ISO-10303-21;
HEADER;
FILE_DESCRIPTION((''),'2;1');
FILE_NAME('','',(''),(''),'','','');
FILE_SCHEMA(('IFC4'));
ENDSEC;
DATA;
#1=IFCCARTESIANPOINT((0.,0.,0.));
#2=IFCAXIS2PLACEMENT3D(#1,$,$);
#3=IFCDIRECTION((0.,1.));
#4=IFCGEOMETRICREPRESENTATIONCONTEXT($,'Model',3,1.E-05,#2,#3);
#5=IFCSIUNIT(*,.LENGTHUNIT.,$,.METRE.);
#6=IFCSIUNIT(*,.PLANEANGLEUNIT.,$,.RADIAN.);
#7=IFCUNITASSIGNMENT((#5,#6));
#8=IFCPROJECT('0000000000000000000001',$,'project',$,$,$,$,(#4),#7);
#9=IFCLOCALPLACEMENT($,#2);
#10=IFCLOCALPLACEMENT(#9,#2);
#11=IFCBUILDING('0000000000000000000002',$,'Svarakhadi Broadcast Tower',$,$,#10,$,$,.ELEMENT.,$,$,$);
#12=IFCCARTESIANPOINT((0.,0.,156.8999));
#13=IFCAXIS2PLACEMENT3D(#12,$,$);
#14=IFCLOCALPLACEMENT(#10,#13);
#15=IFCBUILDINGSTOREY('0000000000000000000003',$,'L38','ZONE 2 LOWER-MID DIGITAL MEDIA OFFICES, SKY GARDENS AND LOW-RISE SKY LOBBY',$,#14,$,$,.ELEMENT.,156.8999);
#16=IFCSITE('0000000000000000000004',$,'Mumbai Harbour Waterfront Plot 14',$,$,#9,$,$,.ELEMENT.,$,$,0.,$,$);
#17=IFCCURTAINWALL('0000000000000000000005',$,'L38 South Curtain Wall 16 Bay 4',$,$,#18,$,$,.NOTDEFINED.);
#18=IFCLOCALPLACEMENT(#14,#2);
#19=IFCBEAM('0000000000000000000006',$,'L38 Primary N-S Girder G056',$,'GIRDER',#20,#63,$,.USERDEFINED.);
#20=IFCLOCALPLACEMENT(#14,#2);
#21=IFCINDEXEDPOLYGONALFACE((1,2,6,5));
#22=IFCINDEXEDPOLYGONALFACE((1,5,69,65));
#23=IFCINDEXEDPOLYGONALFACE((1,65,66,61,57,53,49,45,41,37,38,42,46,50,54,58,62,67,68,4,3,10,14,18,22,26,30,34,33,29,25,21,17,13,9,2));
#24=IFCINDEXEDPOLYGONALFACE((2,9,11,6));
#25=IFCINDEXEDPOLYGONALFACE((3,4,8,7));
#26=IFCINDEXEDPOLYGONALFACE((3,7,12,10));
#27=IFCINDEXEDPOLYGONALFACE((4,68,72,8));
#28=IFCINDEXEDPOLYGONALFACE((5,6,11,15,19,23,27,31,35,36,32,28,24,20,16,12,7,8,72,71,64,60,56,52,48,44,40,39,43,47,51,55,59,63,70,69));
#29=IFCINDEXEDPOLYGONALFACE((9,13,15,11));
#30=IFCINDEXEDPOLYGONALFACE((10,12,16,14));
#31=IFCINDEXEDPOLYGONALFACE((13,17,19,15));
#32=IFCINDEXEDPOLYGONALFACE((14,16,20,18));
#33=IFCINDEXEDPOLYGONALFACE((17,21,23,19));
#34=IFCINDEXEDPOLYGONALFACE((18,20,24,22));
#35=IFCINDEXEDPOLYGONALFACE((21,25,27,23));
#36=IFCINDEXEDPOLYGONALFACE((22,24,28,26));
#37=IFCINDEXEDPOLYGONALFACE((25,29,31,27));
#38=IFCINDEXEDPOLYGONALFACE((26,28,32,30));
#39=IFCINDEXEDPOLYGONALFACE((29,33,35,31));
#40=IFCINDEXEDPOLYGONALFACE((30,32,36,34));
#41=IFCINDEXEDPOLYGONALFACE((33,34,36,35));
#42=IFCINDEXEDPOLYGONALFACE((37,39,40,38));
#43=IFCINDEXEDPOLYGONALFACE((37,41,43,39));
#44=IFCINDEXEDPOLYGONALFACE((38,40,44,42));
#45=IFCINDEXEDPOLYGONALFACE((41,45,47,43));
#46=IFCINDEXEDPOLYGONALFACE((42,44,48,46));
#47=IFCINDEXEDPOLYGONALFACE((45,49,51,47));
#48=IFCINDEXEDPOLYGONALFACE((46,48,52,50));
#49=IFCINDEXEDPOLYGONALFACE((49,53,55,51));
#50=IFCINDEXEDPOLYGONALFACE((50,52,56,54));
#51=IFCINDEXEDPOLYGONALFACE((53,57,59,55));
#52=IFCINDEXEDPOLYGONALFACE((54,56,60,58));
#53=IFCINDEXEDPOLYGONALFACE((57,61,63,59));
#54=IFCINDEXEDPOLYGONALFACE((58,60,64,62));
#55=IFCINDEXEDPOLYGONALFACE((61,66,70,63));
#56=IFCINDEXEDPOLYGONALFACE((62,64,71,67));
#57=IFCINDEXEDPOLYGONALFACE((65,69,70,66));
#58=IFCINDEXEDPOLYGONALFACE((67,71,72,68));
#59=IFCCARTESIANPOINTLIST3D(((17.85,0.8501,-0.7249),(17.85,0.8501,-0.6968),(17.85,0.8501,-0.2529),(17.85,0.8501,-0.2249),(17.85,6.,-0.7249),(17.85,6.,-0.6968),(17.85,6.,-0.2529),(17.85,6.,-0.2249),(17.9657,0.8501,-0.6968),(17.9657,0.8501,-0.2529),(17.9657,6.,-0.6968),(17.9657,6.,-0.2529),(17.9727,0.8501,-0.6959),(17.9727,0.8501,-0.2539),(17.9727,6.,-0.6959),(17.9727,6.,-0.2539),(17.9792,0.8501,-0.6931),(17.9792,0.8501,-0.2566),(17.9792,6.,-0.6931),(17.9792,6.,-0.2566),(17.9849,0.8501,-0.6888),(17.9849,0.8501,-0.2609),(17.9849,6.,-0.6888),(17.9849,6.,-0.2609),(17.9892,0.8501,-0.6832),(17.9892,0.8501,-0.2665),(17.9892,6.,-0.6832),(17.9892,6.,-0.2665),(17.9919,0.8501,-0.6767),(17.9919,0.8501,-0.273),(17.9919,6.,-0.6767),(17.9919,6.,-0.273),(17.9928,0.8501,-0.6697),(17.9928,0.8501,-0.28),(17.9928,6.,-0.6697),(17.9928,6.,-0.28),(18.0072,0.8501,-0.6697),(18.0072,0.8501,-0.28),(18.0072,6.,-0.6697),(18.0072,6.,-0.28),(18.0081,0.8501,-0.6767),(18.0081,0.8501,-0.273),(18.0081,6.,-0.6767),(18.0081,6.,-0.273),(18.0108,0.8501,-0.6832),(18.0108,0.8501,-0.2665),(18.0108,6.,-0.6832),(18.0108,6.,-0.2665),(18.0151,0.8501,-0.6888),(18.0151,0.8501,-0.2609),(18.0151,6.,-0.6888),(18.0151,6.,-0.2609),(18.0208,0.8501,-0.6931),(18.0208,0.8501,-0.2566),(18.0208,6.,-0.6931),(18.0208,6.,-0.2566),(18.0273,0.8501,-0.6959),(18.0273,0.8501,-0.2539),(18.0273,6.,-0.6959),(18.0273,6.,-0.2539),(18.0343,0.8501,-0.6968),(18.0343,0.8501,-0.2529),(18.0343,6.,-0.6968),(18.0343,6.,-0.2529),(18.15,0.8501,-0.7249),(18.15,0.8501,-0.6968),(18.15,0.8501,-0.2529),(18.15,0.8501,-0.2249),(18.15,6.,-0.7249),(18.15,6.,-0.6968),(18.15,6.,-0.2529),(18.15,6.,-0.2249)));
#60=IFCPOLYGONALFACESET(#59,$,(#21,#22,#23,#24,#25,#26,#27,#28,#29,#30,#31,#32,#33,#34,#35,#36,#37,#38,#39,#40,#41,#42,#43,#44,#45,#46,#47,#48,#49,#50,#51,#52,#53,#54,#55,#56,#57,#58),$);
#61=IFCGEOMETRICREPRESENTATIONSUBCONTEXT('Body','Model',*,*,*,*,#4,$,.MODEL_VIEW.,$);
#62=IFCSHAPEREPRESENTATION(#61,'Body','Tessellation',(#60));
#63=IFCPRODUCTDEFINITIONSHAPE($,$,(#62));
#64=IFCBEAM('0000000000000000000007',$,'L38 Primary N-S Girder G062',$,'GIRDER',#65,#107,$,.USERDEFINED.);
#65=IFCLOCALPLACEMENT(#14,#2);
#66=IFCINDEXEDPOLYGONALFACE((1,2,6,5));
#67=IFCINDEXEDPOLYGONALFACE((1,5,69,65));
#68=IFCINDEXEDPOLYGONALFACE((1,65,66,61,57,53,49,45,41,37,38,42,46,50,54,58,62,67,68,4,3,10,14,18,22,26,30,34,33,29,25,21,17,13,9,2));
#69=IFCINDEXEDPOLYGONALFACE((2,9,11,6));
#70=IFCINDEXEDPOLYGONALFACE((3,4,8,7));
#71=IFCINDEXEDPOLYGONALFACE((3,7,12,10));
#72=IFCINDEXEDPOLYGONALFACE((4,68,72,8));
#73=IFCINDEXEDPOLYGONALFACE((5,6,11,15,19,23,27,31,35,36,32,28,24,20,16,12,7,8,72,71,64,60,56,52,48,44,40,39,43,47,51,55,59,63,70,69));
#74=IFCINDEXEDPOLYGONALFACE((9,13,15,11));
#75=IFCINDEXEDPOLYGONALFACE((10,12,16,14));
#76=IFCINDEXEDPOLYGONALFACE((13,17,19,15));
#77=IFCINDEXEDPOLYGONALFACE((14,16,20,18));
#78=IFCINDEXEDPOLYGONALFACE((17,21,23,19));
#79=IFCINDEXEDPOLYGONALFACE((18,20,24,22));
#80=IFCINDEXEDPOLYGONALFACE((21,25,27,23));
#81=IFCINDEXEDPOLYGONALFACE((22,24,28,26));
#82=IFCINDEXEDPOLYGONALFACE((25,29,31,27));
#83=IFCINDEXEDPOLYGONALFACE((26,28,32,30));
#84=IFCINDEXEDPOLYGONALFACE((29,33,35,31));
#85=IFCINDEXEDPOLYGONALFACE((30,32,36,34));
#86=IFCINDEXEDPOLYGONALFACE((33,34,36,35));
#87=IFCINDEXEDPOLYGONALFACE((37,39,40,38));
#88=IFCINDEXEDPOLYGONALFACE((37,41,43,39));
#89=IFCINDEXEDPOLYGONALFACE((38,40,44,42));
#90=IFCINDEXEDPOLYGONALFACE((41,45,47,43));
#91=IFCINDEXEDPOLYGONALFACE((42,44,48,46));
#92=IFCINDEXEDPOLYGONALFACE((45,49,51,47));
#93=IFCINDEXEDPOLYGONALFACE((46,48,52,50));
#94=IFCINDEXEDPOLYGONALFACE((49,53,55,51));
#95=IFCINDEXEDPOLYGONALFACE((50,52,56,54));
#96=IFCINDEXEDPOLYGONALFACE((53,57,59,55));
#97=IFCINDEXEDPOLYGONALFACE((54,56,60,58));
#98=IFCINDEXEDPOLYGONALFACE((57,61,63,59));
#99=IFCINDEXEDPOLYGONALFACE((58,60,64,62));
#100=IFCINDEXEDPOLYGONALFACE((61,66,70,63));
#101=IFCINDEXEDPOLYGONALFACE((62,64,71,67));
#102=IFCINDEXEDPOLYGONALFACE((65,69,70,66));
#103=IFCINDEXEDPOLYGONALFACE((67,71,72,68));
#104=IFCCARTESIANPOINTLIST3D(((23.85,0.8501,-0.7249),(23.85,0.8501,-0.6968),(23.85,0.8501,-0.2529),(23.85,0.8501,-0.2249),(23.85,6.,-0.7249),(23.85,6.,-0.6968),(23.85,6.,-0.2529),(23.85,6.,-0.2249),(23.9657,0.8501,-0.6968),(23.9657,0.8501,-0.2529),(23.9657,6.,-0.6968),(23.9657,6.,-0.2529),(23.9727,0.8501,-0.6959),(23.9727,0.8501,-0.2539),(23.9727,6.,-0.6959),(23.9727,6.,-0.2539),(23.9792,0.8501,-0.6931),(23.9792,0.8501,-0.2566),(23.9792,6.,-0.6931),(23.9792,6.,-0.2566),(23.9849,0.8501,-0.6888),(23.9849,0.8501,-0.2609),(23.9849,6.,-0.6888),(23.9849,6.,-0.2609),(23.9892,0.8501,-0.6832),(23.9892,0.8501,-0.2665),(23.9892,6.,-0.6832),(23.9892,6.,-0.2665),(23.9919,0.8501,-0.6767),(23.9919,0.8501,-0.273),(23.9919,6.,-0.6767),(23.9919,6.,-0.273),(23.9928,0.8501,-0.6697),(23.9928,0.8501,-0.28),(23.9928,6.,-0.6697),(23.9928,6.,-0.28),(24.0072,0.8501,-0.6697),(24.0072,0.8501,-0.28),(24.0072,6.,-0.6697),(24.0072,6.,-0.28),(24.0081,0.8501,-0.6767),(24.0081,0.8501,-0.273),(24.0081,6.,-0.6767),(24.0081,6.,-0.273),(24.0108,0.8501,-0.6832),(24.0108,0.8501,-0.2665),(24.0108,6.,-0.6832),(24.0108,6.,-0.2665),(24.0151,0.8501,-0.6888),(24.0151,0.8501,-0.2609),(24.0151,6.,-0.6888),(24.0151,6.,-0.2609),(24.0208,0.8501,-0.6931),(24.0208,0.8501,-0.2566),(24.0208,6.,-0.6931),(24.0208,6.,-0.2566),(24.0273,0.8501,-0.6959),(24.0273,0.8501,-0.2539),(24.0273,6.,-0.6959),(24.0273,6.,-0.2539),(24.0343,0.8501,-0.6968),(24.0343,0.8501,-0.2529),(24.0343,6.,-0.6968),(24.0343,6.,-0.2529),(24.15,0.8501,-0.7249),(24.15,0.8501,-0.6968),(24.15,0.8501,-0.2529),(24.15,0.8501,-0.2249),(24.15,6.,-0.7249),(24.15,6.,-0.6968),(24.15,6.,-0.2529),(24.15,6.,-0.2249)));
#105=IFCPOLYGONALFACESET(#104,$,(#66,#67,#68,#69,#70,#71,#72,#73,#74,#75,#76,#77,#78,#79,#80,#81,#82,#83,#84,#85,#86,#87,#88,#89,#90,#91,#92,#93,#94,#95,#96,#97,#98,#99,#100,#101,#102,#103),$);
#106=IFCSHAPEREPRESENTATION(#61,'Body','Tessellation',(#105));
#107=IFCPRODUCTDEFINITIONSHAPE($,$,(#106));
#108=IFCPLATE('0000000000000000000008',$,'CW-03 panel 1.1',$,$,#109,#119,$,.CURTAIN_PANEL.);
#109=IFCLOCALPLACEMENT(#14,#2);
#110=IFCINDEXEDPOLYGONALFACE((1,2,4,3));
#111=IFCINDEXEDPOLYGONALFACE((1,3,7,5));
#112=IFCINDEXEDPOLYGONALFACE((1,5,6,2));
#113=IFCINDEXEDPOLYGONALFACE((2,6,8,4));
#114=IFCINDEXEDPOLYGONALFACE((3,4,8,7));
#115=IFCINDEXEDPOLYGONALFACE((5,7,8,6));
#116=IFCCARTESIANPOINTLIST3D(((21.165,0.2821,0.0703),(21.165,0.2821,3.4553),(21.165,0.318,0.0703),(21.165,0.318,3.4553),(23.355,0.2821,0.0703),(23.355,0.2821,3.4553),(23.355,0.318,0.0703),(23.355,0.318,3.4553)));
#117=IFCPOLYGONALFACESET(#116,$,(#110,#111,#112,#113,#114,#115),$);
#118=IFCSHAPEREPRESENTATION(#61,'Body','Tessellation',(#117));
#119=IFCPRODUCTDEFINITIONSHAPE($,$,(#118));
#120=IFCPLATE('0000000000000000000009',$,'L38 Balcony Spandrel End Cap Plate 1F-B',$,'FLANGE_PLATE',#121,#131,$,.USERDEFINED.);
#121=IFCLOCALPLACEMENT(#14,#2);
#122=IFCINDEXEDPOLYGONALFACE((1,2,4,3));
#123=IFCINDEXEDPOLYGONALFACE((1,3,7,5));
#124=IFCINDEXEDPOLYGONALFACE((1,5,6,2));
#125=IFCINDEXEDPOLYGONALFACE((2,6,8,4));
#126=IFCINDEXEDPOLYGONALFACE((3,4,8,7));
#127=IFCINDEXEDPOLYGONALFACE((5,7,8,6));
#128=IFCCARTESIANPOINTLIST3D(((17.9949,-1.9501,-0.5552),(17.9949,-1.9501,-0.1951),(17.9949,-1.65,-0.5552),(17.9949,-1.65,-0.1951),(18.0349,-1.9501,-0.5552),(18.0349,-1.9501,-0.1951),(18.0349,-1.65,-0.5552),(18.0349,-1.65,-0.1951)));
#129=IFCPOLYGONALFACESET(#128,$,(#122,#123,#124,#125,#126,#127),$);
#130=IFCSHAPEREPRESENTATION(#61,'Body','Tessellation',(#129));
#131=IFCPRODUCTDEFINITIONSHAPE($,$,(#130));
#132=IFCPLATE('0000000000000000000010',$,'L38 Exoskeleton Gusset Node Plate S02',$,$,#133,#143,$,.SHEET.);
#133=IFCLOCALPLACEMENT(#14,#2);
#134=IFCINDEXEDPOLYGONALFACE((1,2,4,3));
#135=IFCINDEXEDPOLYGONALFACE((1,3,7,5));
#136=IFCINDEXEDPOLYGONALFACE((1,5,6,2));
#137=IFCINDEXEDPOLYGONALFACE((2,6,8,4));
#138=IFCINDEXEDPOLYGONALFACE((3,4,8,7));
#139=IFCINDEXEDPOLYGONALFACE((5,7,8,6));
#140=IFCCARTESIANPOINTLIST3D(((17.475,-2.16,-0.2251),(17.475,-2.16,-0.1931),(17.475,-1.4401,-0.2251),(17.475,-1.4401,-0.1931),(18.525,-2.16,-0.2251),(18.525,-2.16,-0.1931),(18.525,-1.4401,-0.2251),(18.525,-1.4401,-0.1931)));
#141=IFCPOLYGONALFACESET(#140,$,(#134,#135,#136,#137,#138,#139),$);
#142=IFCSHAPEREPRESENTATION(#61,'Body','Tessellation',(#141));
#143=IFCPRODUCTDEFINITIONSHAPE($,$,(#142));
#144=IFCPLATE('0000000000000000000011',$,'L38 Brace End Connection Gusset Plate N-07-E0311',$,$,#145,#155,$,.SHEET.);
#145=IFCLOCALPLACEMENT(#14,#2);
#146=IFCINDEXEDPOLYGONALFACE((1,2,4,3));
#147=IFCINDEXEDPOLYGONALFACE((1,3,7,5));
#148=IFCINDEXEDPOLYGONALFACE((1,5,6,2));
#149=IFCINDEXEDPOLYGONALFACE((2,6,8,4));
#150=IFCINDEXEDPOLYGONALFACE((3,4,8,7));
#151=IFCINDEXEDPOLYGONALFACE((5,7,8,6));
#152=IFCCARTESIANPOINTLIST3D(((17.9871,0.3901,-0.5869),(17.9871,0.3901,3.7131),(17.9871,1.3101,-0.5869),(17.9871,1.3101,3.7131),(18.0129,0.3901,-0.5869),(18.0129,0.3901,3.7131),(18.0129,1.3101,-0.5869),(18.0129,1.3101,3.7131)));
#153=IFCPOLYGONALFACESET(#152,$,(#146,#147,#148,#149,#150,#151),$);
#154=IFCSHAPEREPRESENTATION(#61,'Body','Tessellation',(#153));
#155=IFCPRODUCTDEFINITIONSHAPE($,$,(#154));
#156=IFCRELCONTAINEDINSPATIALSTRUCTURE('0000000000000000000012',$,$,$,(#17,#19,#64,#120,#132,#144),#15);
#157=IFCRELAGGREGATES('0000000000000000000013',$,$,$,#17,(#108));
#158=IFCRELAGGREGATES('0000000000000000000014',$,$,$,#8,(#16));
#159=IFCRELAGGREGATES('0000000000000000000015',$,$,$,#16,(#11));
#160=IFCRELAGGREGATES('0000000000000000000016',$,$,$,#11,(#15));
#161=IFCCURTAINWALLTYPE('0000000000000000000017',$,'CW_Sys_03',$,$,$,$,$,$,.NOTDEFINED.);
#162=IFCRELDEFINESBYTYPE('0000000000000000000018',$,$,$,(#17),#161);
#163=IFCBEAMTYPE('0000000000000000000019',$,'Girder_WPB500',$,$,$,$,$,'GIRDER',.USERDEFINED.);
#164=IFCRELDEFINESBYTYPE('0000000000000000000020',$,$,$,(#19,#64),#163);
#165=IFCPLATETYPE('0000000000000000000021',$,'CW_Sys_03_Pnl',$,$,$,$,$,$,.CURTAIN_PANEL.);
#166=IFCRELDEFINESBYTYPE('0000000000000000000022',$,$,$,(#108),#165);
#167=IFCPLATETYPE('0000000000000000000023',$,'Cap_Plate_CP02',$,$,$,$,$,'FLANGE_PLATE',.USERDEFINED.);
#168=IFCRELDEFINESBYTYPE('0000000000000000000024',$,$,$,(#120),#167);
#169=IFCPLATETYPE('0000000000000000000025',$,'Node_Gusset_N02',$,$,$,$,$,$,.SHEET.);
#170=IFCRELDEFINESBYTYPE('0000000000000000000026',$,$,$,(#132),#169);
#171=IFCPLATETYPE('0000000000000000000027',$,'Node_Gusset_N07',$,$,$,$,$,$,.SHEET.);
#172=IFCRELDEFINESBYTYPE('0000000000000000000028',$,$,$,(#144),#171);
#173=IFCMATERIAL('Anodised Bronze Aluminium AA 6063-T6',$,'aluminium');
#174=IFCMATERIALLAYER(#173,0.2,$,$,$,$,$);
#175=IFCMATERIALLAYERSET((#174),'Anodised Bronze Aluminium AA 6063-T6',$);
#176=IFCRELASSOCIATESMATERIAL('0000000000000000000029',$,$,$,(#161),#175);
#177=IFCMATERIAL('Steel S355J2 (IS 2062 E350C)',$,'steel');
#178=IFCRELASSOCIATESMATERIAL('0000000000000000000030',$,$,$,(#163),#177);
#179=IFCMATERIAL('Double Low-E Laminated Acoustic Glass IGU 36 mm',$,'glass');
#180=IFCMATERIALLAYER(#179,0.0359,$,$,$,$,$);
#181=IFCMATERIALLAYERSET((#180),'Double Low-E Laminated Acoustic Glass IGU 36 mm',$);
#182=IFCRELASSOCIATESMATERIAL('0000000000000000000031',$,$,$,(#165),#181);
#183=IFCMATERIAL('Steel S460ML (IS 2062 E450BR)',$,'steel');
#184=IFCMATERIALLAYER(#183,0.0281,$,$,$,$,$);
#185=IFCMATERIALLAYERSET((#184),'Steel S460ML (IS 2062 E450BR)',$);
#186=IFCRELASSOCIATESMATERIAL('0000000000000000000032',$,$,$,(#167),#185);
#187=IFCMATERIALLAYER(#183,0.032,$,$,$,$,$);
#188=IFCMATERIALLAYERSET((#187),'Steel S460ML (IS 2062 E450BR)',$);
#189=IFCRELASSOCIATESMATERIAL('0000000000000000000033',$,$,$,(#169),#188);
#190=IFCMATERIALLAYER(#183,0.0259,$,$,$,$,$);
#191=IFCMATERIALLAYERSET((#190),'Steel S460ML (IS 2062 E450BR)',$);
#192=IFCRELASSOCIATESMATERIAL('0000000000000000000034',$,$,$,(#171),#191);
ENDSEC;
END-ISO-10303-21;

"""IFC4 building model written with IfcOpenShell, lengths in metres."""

from ifc_helpers import new_model, si_unit, direction, frame, origin, origin_2d, place, context, subcontext, project, spatial, rectangle, i_section, extrude, material, layer, layer_set, material_profile, profile_set, type_object, element, aggregate, save


model = new_model("IFC4")

# Units and contexts
model_context = context("Model", 3, precision=1e-05, world=origin(), true_north=direction((0.0, 1.0)))
body_context = subcontext(model_context, "Body", "Model", "MODEL_VIEW")
ifc_project = project(units=[si_unit("LENGTHUNIT", "METRE"), si_unit("PLANEANGLEUNIT", "RADIAN")], contexts=[model_context])

# Site, building, storey
site_placement = place(None, origin())
site = spatial("IfcSite", under=ifc_project, at=site_placement, Name="Mumbai Harbour Waterfront Plot 14", CompositionType="ELEMENT", RefElevation=0.0)
building_placement = place(site_placement, origin())
building = spatial("IfcBuilding", under=site, at=building_placement, Name="Svarakhadi Broadcast Tower", CompositionType="ELEMENT")
storey_placement = place(building_placement, frame((0.0, 0.0, 156.8999)))
storey = spatial("IfcBuildingStorey", under=building, at=storey_placement, Name="L38", Description="ZONE 2 LOWER-MID DIGITAL MEDIA OFFICES, SKY GARDENS AND LOW-RISE SKY LOBBY", CompositionType="ELEMENT", Elevation=156.8999)

# Curtain wall
ifc_material_1 = material(Name="Anodised Bronze Aluminium AA 6063-T6", Category="aluminium")
ifc_layer_1 = layer(ifc_material_1, 0.2)
ifc_layer_set_1 = layer_set([ifc_layer_1], Name="Anodised Bronze Aluminium AA 6063-T6")
curtain_wall_type = type_object("IfcCurtainWallType", Name="CW_Sys_03", PredefinedType="NOTDEFINED", material=ifc_layer_set_1)
curtain_wall_placement = place(storey_placement, origin())
curtain_wall = element("IfcCurtainWall", 1, at=curtain_wall_placement, inside=storey, type_object=curtain_wall_type, Name="L38 South Curtain Wall 16 Bay 4", PredefinedType="NOTDEFINED")

# Shared definitions
ifc_material_2 = material(Name="Steel S460ML (IS 2062 E450BR)", Category="steel")

# Beams
ifc_material_3 = material(Name="Steel S355J2 (IS 2062 E350C)", Category="steel")
ifc_material_profile_1 = material_profile(ifc_material_3, i_section(OverallWidth=0.3, OverallDepth=0.5, WebThickness=0.0144, FlangeThickness=0.0281, FilletRadius=0.0271, at=origin_2d()), Name="WPB 500x300x187")
ifc_profile_set_1 = profile_set([ifc_material_profile_1], Name="Steel S355J2 (IS 2062 E350C)")
beam_type = type_object("IfcBeamType", Name="Girder_WPB500", ElementType="GIRDER", PredefinedType="USERDEFINED", material=ifc_profile_set_1)
for number, where, z_axis, x_axis, name in (
    (2, (18.0, 0.8501, -0.4749), (0.0, 1.0, 0.0), (-1.0, 0.0, 0.0), "L38 Primary N-S Girder G056"),
    (3, (24.0, 0.8501, -0.4749), (0.0, 1.0, 0.0), (-1.0, 0.0, 0.0), "L38 Primary N-S Girder G062"),
):
    element("IfcBeam", number, at=place(storey_placement, frame(where, z_axis=z_axis, x_axis=x_axis)), inside=storey, type_object=beam_type, Name=name, ObjectType="GIRDER", PredefinedType="USERDEFINED", context=body_context, shape_type="SweptSolid", body=[
        extrude(i_section(OverallWidth=0.3, OverallDepth=0.5, WebThickness=0.0144, FlangeThickness=0.0281, FilletRadius=0.0271, at=origin_2d()), origin(), (0.0, 0.0, 1.0), 5.1499),
    ])

# Plate
ifc_material_4 = material(Name="Double Low-E Laminated Acoustic Glass IGU 36 mm", Category="glass")
ifc_layer_2 = layer(ifc_material_4, 0.0359)
ifc_layer_set_2 = layer_set([ifc_layer_2], Name="Double Low-E Laminated Acoustic Glass IGU 36 mm")
plate_type_1 = type_object("IfcPlateType", Name="CW_Sys_03_Pnl", PredefinedType="CURTAIN_PANEL", material=ifc_layer_set_2)
plate_1_placement = place(storey_placement, frame((22.26, 0.3, 0.0703), z_axis=(0.0, 0.0, 1.0), x_axis=(-1.0, 0.0, 0.0)))
plate_1 = element("IfcPlate", 4, at=plate_1_placement, type_object=plate_type_1, Name="CW-03 panel 1.1", PredefinedType="CURTAIN_PANEL", context=body_context, shape_type="SweptSolid", body=[
    extrude(rectangle(XDim=2.1899, YDim=0.0359, at=origin_2d()), origin(), (0.0, 0.0, 1.0), 3.385),
])
aggregate(curtain_wall, [plate_1])

# Plates
ifc_layer_3 = layer(ifc_material_2, 0.0281)
ifc_layer_set_3 = layer_set([ifc_layer_3], Name="Steel S460ML (IS 2062 E450BR)")
plate_type_2 = type_object("IfcPlateType", Name="Cap_Plate_CP02", ElementType="FLANGE_PLATE", PredefinedType="USERDEFINED", material=ifc_layer_set_3)
plate_2_placement = place(storey_placement, frame((18.0149, -1.8, -0.5552), z_axis=(0.0, 0.0, 1.0), x_axis=(1.0, 0.0, 0.0)))
element("IfcPlate", 5, at=plate_2_placement, inside=storey, type_object=plate_type_2, Name="L38 Balcony Spandrel End Cap Plate 1F-B", ObjectType="FLANGE_PLATE", PredefinedType="USERDEFINED", context=body_context, shape_type="SweptSolid", body=[
    extrude(rectangle(XDim=0.04, YDim=0.3, at=origin_2d()), origin(), (0.0, 0.0, 1.0), 0.3601),
])
ifc_layer_4 = layer(ifc_material_2, 0.032)
ifc_layer_set_4 = layer_set([ifc_layer_4], Name="Steel S460ML (IS 2062 E450BR)")
plate_type_3 = type_object("IfcPlateType", Name="Node_Gusset_N02", PredefinedType="SHEET", material=ifc_layer_set_4)
plate_3_placement = place(storey_placement, frame((18.0, -1.8, -0.2251), z_axis=(0.0, 0.0, 1.0), x_axis=(1.0, 0.0, 0.0)))
element("IfcPlate", 6, at=plate_3_placement, inside=storey, type_object=plate_type_3, Name="L38 Exoskeleton Gusset Node Plate S02", PredefinedType="SHEET", context=body_context, shape_type="SweptSolid", body=[
    extrude(rectangle(XDim=1.05, YDim=0.72, at=origin_2d()), origin(), (0.0, 0.0, 1.0), 0.032),
])
ifc_layer_5 = layer(ifc_material_2, 0.0259)
ifc_layer_set_5 = layer_set([ifc_layer_5], Name="Steel S460ML (IS 2062 E450BR)")
plate_type_4 = type_object("IfcPlateType", Name="Node_Gusset_N07", PredefinedType="SHEET", material=ifc_layer_set_5)
plate_4_placement = place(storey_placement, frame((18.0, 0.8501, -0.5869), z_axis=(0.0, 0.0, 1.0), x_axis=(0.0, 1.0, 0.0)))
element("IfcPlate", 7, at=plate_4_placement, inside=storey, type_object=plate_type_4, Name="L38 Brace End Connection Gusset Plate N-07-E0311", PredefinedType="SHEET", context=body_context, shape_type="SweptSolid", body=[
    extrude(rectangle(XDim=0.9199, YDim=0.0259, at=origin_2d()), origin(), (0.0, 0.0, 1.0), 4.3),
])

save(model, "model.ifc")
